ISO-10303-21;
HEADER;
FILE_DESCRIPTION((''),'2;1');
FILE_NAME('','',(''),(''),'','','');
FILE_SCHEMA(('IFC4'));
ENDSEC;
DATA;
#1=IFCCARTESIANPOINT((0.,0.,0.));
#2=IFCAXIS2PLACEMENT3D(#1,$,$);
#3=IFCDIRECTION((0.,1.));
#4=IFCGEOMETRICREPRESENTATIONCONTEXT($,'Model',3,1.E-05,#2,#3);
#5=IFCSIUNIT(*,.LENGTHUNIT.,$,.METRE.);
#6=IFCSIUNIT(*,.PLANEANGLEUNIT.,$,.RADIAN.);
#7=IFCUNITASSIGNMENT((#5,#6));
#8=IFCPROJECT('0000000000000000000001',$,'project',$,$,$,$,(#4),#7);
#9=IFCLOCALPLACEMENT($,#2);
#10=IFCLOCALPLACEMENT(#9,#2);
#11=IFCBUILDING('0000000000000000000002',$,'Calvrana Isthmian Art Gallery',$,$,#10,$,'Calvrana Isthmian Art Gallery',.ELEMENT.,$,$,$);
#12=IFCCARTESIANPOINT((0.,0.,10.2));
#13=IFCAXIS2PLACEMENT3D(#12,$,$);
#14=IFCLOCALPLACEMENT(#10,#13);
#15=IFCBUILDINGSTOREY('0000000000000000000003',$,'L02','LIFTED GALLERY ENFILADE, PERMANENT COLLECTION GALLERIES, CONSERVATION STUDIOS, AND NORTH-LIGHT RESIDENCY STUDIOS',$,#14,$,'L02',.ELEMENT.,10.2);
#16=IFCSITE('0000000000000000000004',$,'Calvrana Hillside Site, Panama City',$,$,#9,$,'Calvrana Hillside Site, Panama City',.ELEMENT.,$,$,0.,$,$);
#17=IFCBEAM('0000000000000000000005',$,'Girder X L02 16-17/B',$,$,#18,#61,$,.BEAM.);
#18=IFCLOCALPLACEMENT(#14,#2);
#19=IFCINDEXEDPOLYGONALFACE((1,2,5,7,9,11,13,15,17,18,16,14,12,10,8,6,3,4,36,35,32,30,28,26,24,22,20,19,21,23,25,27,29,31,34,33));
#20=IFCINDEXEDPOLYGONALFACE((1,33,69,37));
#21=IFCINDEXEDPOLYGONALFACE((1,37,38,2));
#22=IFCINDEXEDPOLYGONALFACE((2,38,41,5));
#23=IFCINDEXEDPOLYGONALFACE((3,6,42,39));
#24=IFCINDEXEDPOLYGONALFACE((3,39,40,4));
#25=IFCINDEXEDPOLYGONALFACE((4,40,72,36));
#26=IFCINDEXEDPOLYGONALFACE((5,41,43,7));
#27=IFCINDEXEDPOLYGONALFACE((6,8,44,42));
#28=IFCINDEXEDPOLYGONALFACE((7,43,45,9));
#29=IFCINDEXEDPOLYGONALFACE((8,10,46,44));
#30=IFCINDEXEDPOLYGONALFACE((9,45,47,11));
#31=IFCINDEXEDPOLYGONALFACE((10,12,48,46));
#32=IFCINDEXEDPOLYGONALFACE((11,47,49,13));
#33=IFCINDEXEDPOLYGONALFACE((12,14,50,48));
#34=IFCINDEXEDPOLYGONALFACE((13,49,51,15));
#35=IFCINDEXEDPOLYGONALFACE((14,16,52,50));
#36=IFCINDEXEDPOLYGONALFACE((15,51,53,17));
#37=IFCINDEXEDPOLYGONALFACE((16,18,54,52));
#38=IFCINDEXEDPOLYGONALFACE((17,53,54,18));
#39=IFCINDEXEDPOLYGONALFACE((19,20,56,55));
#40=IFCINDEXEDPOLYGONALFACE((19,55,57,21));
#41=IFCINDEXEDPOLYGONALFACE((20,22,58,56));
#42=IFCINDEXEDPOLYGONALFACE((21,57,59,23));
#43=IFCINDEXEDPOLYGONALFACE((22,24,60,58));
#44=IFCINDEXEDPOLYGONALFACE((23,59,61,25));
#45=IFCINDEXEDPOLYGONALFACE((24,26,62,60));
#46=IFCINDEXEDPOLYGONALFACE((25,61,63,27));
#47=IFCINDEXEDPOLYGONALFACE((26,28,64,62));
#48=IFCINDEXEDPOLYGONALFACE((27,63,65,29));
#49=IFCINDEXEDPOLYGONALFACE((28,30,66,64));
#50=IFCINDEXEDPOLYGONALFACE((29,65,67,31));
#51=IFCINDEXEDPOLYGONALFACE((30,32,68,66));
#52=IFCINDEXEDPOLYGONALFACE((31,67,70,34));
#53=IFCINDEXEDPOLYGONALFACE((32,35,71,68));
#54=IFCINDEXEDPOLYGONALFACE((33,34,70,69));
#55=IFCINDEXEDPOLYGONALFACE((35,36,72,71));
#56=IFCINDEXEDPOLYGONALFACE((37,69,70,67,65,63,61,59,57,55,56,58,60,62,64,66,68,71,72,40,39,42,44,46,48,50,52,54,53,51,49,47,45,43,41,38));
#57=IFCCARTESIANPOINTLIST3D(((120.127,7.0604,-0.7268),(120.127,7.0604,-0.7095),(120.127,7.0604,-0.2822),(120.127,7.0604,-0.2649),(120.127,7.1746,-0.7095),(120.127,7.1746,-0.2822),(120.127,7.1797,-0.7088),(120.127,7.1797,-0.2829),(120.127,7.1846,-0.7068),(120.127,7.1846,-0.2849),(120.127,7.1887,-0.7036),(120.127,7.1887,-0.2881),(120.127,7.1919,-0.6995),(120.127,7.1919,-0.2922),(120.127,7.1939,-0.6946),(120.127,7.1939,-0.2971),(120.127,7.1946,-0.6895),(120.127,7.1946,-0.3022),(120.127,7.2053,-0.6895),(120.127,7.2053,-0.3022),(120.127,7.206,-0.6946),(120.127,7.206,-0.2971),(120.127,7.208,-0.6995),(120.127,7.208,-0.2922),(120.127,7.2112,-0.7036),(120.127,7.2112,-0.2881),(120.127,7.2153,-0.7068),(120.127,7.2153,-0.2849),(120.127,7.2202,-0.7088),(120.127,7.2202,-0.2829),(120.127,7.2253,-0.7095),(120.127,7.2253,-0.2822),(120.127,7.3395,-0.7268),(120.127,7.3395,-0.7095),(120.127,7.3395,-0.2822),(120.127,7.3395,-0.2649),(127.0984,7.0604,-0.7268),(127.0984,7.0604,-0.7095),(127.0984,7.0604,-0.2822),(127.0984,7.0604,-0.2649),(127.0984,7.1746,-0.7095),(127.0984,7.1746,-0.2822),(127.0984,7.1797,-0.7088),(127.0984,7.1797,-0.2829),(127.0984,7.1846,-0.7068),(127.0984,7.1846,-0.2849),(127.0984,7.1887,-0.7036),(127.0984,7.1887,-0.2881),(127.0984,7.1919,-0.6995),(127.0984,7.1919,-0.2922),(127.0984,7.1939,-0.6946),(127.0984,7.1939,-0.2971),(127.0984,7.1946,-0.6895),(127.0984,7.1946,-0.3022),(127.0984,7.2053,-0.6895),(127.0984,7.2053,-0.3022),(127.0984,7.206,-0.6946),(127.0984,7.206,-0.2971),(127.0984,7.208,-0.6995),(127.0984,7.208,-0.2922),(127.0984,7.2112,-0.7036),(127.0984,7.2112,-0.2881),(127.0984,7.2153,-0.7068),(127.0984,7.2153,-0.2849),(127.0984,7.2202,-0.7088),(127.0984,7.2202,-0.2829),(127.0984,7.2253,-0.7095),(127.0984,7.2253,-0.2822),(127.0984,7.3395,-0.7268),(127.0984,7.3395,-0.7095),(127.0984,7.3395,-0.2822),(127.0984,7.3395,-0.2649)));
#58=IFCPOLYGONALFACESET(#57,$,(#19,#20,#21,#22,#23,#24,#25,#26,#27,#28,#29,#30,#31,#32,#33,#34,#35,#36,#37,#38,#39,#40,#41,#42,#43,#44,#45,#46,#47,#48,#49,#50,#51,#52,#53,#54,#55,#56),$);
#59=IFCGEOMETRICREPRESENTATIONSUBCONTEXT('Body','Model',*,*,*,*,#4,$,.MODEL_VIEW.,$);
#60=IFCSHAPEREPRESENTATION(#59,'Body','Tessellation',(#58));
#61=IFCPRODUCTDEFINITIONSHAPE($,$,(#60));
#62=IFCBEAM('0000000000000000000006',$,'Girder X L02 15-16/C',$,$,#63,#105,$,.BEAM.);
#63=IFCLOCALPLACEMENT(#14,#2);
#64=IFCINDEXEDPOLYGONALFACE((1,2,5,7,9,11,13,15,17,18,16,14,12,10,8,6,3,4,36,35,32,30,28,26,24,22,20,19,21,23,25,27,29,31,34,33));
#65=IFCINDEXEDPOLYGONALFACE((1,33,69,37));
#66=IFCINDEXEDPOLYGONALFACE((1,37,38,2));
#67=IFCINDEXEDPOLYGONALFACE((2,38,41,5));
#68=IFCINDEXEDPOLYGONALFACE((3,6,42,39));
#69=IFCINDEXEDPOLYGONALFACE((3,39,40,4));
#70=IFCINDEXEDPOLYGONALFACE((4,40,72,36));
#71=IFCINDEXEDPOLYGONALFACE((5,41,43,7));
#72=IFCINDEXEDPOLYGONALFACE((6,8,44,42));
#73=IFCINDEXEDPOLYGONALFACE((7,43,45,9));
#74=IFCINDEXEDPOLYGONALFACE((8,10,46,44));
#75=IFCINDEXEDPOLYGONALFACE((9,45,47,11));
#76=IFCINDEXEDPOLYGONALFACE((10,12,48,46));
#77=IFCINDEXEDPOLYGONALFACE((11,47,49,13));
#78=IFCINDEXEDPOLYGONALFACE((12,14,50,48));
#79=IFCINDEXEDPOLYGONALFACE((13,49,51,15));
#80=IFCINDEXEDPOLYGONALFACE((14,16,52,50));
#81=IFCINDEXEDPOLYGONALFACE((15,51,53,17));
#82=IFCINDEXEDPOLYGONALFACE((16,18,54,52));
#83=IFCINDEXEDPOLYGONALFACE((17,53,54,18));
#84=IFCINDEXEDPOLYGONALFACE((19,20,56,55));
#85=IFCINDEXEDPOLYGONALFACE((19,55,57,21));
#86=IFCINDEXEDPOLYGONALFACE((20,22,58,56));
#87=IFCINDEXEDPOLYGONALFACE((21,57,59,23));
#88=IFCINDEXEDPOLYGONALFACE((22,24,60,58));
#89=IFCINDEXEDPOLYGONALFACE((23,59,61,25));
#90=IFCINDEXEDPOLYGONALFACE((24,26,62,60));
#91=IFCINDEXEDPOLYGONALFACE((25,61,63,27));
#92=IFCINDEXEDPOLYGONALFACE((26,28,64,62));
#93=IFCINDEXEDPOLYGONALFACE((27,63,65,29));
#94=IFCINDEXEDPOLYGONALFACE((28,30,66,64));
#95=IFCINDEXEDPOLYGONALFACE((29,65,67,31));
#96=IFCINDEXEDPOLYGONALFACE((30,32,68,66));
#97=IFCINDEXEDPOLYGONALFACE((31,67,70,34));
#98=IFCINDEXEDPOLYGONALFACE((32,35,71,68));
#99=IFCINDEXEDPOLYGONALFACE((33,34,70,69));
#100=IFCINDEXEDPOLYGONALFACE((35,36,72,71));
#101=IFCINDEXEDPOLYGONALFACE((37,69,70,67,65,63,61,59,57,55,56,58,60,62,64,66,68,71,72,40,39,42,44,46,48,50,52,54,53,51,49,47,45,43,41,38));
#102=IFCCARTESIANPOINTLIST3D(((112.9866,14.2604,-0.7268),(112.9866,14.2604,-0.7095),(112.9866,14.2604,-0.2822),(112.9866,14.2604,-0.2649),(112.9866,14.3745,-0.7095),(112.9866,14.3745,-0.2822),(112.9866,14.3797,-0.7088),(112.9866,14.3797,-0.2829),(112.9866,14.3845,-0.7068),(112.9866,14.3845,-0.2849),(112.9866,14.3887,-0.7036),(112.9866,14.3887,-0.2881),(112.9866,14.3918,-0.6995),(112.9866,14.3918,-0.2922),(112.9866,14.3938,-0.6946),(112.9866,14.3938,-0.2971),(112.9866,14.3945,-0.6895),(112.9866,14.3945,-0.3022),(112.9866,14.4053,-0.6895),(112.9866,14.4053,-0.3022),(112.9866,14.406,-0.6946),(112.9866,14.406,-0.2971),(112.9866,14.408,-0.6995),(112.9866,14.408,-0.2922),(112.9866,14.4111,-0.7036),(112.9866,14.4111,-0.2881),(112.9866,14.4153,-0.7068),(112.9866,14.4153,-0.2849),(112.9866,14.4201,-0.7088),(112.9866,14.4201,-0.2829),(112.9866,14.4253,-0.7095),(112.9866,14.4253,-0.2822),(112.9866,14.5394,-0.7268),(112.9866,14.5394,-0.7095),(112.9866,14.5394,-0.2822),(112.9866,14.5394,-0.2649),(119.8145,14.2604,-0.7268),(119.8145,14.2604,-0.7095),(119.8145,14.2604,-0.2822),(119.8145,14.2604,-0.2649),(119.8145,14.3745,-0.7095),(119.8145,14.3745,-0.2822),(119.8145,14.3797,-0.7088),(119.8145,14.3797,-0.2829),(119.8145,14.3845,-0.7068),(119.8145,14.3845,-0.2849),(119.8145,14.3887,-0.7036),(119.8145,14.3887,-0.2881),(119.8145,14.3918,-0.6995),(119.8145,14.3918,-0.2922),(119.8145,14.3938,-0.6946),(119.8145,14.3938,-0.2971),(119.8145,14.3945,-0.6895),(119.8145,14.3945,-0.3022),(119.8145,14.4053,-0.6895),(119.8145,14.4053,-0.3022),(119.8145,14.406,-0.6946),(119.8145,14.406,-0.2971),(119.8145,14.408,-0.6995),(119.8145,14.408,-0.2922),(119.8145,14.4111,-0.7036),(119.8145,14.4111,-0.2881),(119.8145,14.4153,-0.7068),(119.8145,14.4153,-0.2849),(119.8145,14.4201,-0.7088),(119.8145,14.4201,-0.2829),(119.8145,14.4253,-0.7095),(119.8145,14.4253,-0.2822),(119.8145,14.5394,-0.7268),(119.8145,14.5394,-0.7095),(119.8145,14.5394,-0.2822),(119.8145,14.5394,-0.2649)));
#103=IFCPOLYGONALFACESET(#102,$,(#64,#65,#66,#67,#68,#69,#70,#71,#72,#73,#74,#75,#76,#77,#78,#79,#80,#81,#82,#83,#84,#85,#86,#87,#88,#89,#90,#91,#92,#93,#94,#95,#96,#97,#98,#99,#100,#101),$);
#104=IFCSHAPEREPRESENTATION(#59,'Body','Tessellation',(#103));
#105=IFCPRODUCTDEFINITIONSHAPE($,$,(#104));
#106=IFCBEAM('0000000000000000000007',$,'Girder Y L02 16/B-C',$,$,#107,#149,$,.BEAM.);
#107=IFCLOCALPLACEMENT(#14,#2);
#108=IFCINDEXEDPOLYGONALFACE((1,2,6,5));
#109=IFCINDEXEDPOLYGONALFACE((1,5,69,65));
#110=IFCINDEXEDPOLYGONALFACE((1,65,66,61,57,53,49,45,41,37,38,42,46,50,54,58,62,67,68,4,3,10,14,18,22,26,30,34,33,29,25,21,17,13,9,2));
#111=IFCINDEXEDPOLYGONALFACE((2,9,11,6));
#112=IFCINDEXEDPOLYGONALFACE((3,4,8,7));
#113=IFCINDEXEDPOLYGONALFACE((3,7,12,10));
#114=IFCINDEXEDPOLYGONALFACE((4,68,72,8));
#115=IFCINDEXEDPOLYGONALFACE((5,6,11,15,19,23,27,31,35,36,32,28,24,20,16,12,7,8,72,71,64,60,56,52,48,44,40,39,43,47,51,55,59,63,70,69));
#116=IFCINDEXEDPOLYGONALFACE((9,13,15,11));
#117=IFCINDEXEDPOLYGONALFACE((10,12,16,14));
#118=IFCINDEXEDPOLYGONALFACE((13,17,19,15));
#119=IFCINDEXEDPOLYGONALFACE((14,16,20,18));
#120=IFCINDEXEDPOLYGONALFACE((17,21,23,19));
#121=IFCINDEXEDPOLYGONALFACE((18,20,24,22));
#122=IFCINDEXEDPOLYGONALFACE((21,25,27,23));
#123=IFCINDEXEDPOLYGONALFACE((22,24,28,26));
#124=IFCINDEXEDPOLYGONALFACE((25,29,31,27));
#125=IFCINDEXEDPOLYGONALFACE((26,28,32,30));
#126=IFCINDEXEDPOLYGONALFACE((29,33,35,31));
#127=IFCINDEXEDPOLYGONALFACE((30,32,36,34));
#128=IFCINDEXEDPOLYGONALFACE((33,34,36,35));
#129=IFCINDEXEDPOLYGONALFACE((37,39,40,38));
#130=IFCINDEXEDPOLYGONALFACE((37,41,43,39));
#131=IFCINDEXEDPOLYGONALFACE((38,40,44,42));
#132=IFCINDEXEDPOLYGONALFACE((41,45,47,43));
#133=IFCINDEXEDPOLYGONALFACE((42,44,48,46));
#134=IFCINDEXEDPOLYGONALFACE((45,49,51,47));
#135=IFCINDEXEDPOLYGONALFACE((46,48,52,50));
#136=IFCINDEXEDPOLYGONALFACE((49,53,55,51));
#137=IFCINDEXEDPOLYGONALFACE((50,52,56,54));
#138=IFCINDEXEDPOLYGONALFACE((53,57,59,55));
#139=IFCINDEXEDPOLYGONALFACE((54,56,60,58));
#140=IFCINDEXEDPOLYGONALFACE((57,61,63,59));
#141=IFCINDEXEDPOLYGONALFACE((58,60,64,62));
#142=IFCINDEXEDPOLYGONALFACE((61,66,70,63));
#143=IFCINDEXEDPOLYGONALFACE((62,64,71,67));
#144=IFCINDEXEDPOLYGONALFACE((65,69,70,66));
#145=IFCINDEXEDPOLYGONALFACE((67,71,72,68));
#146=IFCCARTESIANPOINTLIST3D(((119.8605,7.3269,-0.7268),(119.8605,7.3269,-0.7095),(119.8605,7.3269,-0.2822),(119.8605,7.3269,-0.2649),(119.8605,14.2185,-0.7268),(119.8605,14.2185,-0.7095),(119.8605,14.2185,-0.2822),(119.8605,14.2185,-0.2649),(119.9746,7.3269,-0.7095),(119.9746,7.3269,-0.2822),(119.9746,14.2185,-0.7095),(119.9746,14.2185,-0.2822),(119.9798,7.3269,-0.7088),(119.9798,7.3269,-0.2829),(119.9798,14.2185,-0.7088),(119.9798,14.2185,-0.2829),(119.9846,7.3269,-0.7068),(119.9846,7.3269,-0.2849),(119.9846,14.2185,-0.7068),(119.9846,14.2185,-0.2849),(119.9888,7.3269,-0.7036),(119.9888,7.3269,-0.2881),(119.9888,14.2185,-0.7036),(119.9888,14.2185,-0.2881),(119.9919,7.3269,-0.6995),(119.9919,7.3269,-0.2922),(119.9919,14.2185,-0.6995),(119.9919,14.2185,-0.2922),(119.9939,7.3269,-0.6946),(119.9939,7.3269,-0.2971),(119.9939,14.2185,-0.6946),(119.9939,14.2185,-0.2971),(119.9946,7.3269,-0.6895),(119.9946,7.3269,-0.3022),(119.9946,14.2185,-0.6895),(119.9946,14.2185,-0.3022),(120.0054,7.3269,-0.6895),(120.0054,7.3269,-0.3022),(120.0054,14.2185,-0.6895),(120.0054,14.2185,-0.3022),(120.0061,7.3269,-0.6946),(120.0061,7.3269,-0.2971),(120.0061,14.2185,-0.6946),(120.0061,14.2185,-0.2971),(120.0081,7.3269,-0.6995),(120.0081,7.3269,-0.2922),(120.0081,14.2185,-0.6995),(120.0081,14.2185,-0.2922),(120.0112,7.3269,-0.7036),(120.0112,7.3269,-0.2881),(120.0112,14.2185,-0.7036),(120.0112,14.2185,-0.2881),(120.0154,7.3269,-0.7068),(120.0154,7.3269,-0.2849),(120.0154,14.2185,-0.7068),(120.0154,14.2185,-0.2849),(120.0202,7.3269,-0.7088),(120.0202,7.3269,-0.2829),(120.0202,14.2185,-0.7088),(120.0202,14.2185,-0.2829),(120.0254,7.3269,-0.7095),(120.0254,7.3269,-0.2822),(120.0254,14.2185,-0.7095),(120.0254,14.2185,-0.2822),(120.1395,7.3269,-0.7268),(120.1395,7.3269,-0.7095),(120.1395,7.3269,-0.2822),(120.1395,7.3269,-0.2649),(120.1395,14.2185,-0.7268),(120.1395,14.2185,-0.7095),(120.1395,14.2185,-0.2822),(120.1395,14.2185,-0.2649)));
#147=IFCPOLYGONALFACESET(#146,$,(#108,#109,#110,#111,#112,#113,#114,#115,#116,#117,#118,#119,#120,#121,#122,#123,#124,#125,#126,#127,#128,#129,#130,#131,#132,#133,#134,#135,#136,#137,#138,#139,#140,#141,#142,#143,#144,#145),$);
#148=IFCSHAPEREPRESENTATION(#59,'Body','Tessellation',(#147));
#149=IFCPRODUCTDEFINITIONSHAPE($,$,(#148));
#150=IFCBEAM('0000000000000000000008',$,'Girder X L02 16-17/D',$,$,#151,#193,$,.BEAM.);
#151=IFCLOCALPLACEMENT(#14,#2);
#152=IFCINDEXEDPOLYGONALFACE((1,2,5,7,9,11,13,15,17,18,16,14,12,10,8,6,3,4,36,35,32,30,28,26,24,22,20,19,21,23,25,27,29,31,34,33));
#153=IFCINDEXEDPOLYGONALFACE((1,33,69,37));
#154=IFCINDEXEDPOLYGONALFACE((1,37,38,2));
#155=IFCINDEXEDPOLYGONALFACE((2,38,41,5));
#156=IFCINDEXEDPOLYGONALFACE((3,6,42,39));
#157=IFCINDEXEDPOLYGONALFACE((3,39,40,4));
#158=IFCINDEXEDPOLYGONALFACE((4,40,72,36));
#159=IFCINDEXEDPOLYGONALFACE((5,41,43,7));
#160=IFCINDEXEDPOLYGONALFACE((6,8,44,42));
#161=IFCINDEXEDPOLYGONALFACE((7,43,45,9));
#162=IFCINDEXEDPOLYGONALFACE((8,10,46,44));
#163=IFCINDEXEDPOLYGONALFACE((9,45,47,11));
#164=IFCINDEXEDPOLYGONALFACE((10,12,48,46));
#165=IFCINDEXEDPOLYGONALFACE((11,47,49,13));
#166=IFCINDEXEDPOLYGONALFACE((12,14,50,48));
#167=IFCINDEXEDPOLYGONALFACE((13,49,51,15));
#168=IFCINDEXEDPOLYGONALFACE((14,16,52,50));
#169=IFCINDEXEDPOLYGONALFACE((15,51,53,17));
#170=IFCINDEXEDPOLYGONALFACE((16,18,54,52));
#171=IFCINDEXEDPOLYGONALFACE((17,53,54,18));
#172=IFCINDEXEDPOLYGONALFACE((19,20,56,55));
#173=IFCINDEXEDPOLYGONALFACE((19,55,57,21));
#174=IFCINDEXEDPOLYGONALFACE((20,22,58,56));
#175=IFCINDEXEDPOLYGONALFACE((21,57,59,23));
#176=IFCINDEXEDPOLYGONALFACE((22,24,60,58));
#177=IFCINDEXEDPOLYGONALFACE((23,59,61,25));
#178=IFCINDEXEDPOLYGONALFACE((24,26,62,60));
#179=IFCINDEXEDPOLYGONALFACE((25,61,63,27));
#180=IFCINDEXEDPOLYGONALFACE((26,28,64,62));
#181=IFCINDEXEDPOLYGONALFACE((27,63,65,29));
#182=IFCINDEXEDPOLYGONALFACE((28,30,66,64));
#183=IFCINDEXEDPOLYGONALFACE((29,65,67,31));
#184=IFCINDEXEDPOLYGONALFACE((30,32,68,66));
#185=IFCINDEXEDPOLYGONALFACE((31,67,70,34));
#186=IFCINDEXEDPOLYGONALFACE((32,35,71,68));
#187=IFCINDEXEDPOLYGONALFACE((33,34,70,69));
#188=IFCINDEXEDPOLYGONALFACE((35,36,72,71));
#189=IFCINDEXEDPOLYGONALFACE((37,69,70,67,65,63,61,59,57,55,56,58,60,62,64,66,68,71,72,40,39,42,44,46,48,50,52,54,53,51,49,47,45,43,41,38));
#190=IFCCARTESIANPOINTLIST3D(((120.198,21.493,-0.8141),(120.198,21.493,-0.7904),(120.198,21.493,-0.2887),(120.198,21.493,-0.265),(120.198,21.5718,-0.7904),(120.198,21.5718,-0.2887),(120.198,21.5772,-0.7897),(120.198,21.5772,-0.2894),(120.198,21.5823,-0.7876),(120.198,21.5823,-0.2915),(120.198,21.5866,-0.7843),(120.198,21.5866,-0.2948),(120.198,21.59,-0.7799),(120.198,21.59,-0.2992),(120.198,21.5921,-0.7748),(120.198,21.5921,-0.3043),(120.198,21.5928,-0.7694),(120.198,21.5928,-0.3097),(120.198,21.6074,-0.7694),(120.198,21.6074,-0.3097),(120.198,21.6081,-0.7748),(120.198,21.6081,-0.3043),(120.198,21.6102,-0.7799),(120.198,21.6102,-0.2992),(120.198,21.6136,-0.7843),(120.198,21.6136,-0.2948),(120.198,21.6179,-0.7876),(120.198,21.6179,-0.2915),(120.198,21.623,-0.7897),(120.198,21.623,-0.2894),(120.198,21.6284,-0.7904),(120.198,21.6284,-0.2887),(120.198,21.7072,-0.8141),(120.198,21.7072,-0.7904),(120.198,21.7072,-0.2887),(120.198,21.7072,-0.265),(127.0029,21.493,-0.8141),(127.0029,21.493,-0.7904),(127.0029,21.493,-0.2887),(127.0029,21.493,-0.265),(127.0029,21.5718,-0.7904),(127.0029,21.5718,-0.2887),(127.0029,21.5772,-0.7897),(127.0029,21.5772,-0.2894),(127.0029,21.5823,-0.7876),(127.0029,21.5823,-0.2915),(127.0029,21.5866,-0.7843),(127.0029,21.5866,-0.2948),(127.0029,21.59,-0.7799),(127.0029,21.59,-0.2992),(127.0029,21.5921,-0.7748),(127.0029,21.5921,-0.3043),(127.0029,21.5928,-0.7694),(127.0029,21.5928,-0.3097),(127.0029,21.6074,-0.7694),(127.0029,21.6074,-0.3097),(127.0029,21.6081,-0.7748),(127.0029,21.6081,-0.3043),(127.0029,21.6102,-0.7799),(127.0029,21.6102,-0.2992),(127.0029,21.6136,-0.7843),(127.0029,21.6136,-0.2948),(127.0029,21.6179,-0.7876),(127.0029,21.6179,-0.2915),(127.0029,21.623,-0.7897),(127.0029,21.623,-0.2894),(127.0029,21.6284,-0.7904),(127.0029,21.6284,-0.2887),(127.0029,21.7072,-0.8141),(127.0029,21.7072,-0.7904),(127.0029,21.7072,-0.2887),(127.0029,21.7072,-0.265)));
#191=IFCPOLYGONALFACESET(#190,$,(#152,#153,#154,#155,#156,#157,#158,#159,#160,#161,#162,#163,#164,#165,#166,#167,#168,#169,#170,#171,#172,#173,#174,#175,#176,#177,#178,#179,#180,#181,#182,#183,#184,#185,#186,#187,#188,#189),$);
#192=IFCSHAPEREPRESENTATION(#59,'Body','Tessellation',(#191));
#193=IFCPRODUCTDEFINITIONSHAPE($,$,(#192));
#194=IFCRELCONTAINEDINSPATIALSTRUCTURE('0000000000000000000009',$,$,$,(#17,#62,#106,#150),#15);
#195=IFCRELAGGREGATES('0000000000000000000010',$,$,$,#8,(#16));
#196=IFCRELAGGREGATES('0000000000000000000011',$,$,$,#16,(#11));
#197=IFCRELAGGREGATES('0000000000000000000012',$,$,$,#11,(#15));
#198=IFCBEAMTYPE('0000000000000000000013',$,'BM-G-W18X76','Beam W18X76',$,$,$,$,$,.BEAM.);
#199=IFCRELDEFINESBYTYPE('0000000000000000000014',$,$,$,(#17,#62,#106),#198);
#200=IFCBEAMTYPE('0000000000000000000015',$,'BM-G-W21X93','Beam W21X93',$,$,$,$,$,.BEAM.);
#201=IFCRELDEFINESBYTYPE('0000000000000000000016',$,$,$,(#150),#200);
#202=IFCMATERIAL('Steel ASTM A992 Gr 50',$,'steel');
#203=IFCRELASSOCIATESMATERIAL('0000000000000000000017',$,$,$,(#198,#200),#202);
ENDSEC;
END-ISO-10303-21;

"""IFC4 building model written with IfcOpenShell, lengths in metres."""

from ifc_helpers import new_model, si_unit, direction, frame, origin, origin_2d, place, context, subcontext, project, spatial, i_section, extrude, material, material_profile, profile_set, type_object, element, save


model = new_model("IFC4")

# Units and contexts
model_context = context("Model", 3, precision=1e-05, world=origin(), true_north=direction((0.0, 1.0)))
body_context = subcontext(model_context, "Body", "Model", "MODEL_VIEW")
ifc_project = project(units=[si_unit("LENGTHUNIT", "METRE"), si_unit("PLANEANGLEUNIT", "RADIAN")], contexts=[model_context])

# Site, building, storey
site_placement = place(None, origin())
site = spatial("IfcSite", under=ifc_project, at=site_placement, Name="Calvrana Hillside Site, Panama City", LongName="Calvrana Hillside Site, Panama City", CompositionType="ELEMENT", RefElevation=0.0)
building_placement = place(site_placement, origin())
building = spatial("IfcBuilding", under=site, at=building_placement, Name="Calvrana Isthmian Art Gallery", LongName="Calvrana Isthmian Art Gallery", CompositionType="ELEMENT")
storey_placement = place(building_placement, frame((0.0, 0.0, 10.2)))
storey = spatial("IfcBuildingStorey", under=building, at=storey_placement, Name="L02", Description="LIFTED GALLERY ENFILADE, PERMANENT COLLECTION GALLERIES, CONSERVATION STUDIOS, AND NORTH-LIGHT RESIDENCY STUDIOS", LongName="L02", CompositionType="ELEMENT", Elevation=10.2)

# Shared definitions
ifc_material_1 = material(Name="Steel ASTM A992 Gr 50", Category="steel")

# Beams
ifc_material_profile_1 = material_profile(ifc_material_1, i_section(OverallWidth=0.2791, OverallDepth=0.4619, WebThickness=0.0107, FlangeThickness=0.0173, FilletRadius=0.02, at=origin_2d()), Name="W18X76")
ifc_profile_set_1 = profile_set([ifc_material_profile_1], Name="Steel ASTM A992 Gr 50")
beam_type_1 = type_object("IfcBeamType", Name="BM-G-W18X76", Description="Beam W18X76", PredefinedType="BEAM", material=ifc_profile_set_1)
beam_1_placement = place(storey_placement, frame((120.127, 7.2, -0.4958), z_axis=(1.0, 0.0, 0.0), x_axis=(0.0, 1.0, 0.0)))
element("IfcBeam", 1, at=beam_1_placement, inside=storey, type_object=beam_type_1, Name="Girder X L02 16-17/B", PredefinedType="BEAM", context=body_context, shape_type="SweptSolid", body=[
    extrude(i_section(OverallWidth=0.2791, OverallDepth=0.4619, WebThickness=0.0107, FlangeThickness=0.0173, FilletRadius=0.02, at=origin_2d()), origin(), (0.0, 0.0, 1.0), 6.9714),
])
beam_2_placement = place(storey_placement, frame((112.9866, 14.3999, -0.4958), z_axis=(1.0, 0.0, 0.0), x_axis=(0.0, 1.0, 0.0)))
element("IfcBeam", 2, at=beam_2_placement, inside=storey, type_object=beam_type_1, Name="Girder X L02 15-16/C", PredefinedType="BEAM", context=body_context, shape_type="SweptSolid", body=[
    extrude(i_section(OverallWidth=0.2791, OverallDepth=0.4619, WebThickness=0.0107, FlangeThickness=0.0173, FilletRadius=0.02, at=origin_2d()), origin(), (0.0, 0.0, 1.0), 6.8279),
])
beam_3_placement = place(storey_placement, frame((120.0, 7.3269, -0.4958), z_axis=(0.0, 1.0, 0.0), x_axis=(-1.0, 0.0, 0.0)))
element("IfcBeam", 3, at=beam_3_placement, inside=storey, type_object=beam_type_1, Name="Girder Y L02 16/B-C", PredefinedType="BEAM", context=body_context, shape_type="SweptSolid", body=[
    extrude(i_section(OverallWidth=0.2791, OverallDepth=0.4619, WebThickness=0.0107, FlangeThickness=0.0173, FilletRadius=0.02, at=origin_2d()), origin(), (0.0, 0.0, 1.0), 6.8916),
])
ifc_material_profile_2 = material_profile(ifc_material_1, i_section(OverallWidth=0.2141, OverallDepth=0.5491, WebThickness=0.0146, FlangeThickness=0.0237, FilletRadius=0.021, at=origin_2d()), Name="W21X93")
ifc_profile_set_2 = profile_set([ifc_material_profile_2], Name="Steel ASTM A992 Gr 50")
beam_type_2 = type_object("IfcBeamType", Name="BM-G-W21X93", Description="Beam W21X93", PredefinedType="BEAM", material=ifc_profile_set_2)
beam_4_placement = place(storey_placement, frame((120.198, 21.6001, -0.5396), z_axis=(1.0, 0.0, 0.0), x_axis=(0.0, 1.0, 0.0)))
element("IfcBeam", 4, at=beam_4_placement, inside=storey, type_object=beam_type_2, Name="Girder X L02 16-17/D", PredefinedType="BEAM", context=body_context, shape_type="SweptSolid", body=[
    extrude(i_section(OverallWidth=0.2141, OverallDepth=0.5491, WebThickness=0.0146, FlangeThickness=0.0237, FilletRadius=0.021, at=origin_2d()), origin(), (0.0, 0.0, 1.0), 6.8049),
])

save(model, "model.ifc")
